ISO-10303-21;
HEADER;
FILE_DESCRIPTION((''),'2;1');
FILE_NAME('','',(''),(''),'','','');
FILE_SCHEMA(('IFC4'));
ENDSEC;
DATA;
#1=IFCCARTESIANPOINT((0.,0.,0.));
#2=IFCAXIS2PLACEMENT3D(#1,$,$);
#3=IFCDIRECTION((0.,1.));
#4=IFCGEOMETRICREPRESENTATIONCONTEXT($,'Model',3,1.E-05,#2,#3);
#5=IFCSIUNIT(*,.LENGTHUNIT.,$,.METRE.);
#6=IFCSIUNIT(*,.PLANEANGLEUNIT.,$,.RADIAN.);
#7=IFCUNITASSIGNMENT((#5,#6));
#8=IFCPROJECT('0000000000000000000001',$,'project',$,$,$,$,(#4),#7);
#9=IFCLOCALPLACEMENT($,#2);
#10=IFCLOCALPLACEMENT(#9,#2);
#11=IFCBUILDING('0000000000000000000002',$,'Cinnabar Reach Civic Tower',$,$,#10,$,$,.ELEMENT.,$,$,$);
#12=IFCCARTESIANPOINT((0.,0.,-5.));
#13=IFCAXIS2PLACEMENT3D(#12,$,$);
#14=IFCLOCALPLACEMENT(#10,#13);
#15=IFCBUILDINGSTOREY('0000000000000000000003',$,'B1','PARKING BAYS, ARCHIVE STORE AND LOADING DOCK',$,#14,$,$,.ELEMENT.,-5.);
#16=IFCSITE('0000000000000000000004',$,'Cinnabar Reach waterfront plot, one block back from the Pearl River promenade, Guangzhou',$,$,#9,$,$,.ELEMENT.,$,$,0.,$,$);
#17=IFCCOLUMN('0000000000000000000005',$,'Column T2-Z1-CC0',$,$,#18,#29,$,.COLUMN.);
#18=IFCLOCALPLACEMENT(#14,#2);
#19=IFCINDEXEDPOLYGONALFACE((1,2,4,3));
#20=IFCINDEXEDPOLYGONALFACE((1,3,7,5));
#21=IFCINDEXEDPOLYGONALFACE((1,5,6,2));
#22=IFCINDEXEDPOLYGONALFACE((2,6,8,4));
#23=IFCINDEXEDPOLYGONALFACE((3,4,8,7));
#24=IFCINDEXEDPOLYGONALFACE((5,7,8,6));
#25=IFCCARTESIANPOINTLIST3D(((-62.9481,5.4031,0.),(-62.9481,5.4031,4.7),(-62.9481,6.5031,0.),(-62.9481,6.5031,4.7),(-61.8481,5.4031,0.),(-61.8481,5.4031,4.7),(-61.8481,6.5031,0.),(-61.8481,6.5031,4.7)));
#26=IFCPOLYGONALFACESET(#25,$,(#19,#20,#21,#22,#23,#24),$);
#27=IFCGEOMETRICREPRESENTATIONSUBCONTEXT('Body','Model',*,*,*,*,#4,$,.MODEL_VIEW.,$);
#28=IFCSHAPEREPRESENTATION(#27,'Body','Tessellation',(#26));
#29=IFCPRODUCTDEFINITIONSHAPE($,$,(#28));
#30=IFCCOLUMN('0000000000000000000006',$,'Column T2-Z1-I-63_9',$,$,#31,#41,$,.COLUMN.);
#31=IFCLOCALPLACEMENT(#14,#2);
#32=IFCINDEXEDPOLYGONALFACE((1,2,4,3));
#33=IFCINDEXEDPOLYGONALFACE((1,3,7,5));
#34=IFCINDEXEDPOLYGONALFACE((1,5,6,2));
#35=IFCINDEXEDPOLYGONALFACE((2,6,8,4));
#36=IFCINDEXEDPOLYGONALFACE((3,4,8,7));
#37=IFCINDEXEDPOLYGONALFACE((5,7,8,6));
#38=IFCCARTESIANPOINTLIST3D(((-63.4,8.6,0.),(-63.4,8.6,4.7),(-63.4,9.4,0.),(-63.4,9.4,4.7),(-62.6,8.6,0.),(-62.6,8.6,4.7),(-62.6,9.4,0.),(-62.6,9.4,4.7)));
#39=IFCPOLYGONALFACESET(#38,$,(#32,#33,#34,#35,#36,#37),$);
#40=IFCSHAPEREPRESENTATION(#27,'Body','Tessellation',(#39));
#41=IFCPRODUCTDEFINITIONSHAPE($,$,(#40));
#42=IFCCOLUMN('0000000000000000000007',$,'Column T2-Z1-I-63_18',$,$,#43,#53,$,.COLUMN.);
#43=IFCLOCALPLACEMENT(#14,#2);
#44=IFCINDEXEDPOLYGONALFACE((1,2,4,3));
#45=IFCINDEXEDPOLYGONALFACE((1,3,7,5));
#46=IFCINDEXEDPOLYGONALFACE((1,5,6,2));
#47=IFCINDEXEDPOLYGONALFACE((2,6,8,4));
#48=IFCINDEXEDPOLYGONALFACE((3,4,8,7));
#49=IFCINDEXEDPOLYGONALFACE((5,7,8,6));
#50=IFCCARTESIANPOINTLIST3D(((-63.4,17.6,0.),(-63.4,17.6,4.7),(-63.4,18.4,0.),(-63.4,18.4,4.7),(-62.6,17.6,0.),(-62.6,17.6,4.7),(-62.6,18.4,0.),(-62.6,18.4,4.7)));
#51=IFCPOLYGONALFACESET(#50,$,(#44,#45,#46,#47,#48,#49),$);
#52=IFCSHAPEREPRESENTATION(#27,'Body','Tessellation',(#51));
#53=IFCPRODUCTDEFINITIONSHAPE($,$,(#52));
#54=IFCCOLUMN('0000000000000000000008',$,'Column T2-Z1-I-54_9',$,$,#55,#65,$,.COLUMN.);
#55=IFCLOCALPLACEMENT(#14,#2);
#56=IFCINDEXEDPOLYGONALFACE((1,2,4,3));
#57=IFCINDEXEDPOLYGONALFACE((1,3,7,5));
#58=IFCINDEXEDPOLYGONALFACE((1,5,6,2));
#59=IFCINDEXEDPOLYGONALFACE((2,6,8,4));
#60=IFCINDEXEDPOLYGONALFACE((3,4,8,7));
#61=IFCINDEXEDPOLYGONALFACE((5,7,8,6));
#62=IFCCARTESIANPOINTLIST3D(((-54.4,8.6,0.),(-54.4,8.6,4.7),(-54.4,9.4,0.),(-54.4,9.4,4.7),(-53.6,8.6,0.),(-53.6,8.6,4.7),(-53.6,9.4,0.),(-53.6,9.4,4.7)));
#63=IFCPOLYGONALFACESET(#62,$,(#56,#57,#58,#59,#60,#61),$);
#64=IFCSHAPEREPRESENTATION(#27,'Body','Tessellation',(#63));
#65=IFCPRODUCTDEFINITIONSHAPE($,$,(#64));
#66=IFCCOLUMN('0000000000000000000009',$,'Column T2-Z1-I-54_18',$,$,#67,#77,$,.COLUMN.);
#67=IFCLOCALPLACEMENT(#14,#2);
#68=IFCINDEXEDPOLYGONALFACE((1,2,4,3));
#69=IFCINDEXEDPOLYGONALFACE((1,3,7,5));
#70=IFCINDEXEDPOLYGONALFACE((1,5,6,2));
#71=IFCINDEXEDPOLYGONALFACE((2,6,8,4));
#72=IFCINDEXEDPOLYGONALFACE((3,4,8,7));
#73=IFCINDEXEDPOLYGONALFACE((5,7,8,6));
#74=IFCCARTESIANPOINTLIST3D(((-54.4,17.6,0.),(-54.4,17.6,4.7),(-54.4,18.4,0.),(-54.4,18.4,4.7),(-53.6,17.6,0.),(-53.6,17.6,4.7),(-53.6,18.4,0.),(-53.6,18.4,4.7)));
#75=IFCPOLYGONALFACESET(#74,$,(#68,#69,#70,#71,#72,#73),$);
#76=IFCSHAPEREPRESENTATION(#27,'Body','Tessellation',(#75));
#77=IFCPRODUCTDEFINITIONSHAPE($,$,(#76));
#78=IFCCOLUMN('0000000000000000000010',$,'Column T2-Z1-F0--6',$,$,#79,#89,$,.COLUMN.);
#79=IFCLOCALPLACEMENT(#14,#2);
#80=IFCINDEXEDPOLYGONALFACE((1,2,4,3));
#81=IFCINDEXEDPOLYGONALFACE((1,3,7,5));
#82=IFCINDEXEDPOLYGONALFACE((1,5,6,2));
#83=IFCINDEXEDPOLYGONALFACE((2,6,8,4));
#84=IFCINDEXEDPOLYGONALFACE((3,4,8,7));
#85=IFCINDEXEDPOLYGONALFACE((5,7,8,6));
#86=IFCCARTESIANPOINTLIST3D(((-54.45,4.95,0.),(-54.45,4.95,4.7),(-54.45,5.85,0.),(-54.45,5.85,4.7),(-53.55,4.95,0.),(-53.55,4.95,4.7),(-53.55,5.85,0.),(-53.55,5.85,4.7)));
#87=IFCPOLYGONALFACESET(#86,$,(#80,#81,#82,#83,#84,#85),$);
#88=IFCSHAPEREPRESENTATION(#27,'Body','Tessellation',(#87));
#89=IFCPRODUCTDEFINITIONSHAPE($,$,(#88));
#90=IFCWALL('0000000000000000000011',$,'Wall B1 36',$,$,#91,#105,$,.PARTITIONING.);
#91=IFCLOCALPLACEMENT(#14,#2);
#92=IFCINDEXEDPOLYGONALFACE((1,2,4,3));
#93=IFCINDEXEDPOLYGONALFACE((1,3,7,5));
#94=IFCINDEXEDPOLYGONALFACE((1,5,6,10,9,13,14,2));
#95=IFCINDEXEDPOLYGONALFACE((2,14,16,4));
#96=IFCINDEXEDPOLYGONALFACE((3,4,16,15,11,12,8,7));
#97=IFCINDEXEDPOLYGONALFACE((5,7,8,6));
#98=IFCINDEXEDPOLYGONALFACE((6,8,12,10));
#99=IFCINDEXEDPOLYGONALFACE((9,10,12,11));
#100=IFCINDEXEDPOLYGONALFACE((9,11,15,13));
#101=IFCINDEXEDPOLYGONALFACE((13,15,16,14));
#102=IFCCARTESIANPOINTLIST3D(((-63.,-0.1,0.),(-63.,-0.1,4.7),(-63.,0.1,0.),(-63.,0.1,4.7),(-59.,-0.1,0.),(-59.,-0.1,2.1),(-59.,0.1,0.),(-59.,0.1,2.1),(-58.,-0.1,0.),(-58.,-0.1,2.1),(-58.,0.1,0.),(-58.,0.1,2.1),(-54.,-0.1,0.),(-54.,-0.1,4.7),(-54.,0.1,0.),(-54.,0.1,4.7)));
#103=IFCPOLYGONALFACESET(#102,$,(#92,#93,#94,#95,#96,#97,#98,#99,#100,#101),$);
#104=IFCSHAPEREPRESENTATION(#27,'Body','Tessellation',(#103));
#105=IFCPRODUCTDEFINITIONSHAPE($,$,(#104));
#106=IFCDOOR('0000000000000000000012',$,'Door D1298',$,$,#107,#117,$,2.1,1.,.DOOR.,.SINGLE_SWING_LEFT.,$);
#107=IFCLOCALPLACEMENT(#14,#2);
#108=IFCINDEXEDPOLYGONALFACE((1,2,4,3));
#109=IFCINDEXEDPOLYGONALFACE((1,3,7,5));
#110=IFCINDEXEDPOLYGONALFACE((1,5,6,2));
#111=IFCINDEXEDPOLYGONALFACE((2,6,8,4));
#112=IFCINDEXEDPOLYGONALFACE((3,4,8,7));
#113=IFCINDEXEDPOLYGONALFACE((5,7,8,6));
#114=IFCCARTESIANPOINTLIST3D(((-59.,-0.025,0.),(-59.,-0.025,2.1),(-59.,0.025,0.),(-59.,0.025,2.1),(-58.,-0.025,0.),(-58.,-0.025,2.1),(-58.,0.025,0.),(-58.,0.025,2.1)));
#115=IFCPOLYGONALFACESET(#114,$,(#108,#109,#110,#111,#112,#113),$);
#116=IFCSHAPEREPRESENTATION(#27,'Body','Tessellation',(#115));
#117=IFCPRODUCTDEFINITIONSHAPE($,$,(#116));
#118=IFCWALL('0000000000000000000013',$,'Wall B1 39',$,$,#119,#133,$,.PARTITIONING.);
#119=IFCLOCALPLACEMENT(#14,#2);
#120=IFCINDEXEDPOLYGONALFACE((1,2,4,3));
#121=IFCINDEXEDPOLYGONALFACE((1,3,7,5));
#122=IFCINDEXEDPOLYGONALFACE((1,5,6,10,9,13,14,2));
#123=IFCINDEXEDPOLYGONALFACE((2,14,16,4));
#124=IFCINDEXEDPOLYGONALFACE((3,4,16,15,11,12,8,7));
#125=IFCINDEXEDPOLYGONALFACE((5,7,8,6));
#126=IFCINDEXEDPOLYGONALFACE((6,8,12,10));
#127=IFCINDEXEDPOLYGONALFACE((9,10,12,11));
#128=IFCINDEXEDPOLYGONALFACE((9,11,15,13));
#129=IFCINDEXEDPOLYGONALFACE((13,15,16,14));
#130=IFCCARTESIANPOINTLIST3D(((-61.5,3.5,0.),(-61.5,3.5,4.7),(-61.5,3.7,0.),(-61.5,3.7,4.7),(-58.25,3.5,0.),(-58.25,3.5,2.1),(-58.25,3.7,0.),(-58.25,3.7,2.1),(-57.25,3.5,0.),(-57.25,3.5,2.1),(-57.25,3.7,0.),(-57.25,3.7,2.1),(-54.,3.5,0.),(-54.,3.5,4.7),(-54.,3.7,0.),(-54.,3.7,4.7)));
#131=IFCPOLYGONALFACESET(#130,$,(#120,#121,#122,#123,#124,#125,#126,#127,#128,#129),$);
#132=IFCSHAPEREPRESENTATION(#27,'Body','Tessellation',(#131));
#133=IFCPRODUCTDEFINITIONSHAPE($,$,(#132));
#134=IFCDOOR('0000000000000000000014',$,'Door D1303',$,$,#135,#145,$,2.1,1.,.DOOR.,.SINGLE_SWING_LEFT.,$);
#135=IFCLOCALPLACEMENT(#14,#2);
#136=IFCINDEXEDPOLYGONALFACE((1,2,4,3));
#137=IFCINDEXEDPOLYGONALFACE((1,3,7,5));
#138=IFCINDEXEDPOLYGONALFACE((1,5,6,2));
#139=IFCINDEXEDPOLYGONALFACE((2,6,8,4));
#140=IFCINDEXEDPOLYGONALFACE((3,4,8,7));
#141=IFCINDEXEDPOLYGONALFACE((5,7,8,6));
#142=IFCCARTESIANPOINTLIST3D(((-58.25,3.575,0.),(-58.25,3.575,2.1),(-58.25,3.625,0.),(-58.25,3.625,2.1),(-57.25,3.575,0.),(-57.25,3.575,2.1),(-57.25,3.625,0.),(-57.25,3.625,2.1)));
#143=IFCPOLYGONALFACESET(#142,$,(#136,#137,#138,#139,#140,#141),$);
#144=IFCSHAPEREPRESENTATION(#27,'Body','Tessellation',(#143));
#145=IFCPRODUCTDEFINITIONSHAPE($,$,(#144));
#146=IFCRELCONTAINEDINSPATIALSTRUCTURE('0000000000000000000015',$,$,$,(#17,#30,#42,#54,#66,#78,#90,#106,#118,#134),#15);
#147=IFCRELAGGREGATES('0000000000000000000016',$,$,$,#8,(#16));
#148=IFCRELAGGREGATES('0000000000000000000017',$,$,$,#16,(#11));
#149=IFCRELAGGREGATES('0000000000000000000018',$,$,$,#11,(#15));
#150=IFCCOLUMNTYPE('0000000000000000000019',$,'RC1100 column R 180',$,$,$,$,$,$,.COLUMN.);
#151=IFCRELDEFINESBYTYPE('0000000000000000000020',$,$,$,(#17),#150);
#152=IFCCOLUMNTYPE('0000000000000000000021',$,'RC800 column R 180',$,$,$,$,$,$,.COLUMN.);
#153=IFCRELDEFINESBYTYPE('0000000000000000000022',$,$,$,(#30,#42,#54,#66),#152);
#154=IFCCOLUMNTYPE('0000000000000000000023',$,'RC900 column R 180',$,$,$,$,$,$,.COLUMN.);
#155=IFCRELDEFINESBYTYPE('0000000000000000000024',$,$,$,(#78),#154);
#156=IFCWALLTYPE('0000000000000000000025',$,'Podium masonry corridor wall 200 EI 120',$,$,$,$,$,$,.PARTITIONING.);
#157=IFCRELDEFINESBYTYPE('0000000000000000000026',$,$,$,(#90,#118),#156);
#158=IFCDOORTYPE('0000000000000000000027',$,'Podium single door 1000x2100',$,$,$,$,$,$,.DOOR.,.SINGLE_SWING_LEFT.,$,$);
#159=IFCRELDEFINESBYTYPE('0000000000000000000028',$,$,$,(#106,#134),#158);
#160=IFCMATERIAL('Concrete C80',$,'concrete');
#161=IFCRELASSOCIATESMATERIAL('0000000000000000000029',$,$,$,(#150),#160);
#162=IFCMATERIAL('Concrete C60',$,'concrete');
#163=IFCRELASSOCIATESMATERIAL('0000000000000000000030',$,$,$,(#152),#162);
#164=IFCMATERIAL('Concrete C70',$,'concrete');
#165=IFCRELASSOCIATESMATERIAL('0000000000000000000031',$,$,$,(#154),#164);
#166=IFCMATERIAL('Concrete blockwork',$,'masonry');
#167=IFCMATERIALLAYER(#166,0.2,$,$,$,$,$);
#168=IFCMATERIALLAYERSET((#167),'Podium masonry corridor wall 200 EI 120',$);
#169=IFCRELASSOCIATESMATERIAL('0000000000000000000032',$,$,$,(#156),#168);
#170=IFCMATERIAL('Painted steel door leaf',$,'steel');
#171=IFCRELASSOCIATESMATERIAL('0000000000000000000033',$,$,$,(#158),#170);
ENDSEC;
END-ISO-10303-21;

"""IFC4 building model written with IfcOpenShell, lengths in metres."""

from ifc_helpers import new_model, si_unit, direction, frame, frame_2d, origin, origin_2d, place, context, subcontext, project, spatial, rectangle, extrude, material, layer, layer_set, material_profile, profile_set, type_object, element, fill, save


model = new_model("IFC4")

# Units and contexts
model_context = context("Model", 3, precision=1e-05, world=origin(), true_north=direction((0.0, 1.0)))
body_context = subcontext(model_context, "Body", "Model", "MODEL_VIEW")
ifc_project = project(units=[si_unit("LENGTHUNIT", "METRE"), si_unit("PLANEANGLEUNIT", "RADIAN")], contexts=[model_context])

# Site, building, storey
site_placement = place(None, origin())
site = spatial("IfcSite", under=ifc_project, at=site_placement, Name="Cinnabar Reach waterfront plot, one block back from the Pearl River promenade, Guangzhou", CompositionType="ELEMENT", RefElevation=0.0)
building_placement = place(site_placement, origin())
building = spatial("IfcBuilding", under=site, at=building_placement, Name="Cinnabar Reach Civic Tower", CompositionType="ELEMENT")
storey_placement = place(building_placement, frame((0.0, 0.0, -5.0)))
storey = spatial("IfcBuildingStorey", under=building, at=storey_placement, Name="B1", Description="PARKING BAYS, ARCHIVE STORE AND LOADING DOCK", CompositionType="ELEMENT", Elevation=-5.0)

# Columns
ifc_material_1 = material(Name="Concrete C80", Category="concrete")
ifc_material_profile_1 = material_profile(ifc_material_1, rectangle(XDim=1.1, YDim=1.1, at=origin_2d()), Name="RC1100")
ifc_profile_set_1 = profile_set([ifc_material_profile_1], Name="Concrete C80")
column_type_1 = type_object("IfcColumnType", Name="RC1100 column R 180", PredefinedType="COLUMN", material=ifc_profile_set_1)
column_1_placement = place(storey_placement, frame((-62.3981, 5.9531, 0.0), z_axis=(0.0, 0.0, 1.0), x_axis=(1.0, 0.0, 0.0)))
element("IfcColumn", 1, at=column_1_placement, inside=storey, type_object=column_type_1, Name="Column T2-Z1-CC0", PredefinedType="COLUMN", context=body_context, shape_type="SweptSolid", body=[
    extrude(rectangle(XDim=1.1, YDim=1.1, at=origin_2d()), origin(), (0.0, 0.0, 1.0), 4.7),
])
ifc_material_2 = material(Name="Concrete C60", Category="concrete")
ifc_material_profile_2 = material_profile(ifc_material_2, rectangle(XDim=0.8, YDim=0.8, at=origin_2d()), Name="RC800")
ifc_profile_set_2 = profile_set([ifc_material_profile_2], Name="Concrete C60")
column_type_2 = type_object("IfcColumnType", Name="RC800 column R 180", PredefinedType="COLUMN", material=ifc_profile_set_2)
for number, where, z_axis, x_axis, name in (
    (2, (-63.0, 9.0, 0.0), (0.0, 0.0, 1.0), (1.0, 0.0, 0.0), "Column T2-Z1-I-63_9"),
    (3, (-63.0, 18.0, 0.0), (0.0, 0.0, 1.0), (1.0, 0.0, 0.0), "Column T2-Z1-I-63_18"),
    (4, (-54.0, 9.0, 0.0), (0.0, 0.0, 1.0), (1.0, 0.0, 0.0), "Column T2-Z1-I-54_9"),
    (5, (-54.0, 18.0, 0.0), (0.0, 0.0, 1.0), (1.0, 0.0, 0.0), "Column T2-Z1-I-54_18"),
):
    element("IfcColumn", number, at=place(storey_placement, frame(where, z_axis=z_axis, x_axis=x_axis)), inside=storey, type_object=column_type_2, Name=name, PredefinedType="COLUMN", context=body_context, shape_type="SweptSolid", body=[
        extrude(rectangle(XDim=0.8, YDim=0.8, at=origin_2d()), origin(), (0.0, 0.0, 1.0), 4.7),
    ])
ifc_material_3 = material(Name="Concrete C70", Category="concrete")
ifc_material_profile_3 = material_profile(ifc_material_3, rectangle(XDim=0.9, YDim=0.9, at=origin_2d()), Name="RC900")
ifc_profile_set_3 = profile_set([ifc_material_profile_3], Name="Concrete C70")
column_type_3 = type_object("IfcColumnType", Name="RC900 column R 180", PredefinedType="COLUMN", material=ifc_profile_set_3)
column_2_placement = place(storey_placement, frame((-54.0, 5.4, 0.0), z_axis=(0.0, 0.0, 1.0), x_axis=(1.0, 0.0, 0.0)))
element("IfcColumn", 6, at=column_2_placement, inside=storey, type_object=column_type_3, Name="Column T2-Z1-F0--6", PredefinedType="COLUMN", context=body_context, shape_type="SweptSolid", body=[
    extrude(rectangle(XDim=0.9, YDim=0.9, at=origin_2d()), origin(), (0.0, 0.0, 1.0), 4.7),
])

# Walls, openings, doors
ifc_material_4 = material(Name="Concrete blockwork", Category="masonry")
ifc_layer_1 = layer(ifc_material_4, 0.2)
ifc_layer_set_1 = layer_set([ifc_layer_1], Name="Podium masonry corridor wall 200 EI 120")
wall_type_1 = type_object("IfcWallType", Name="Podium masonry corridor wall 200 EI 120", PredefinedType="PARTITIONING", material=ifc_layer_set_1)
wall_1_placement = place(storey_placement, frame((-63.0, 0.0, 0.0), z_axis=(0.0, 0.0, 1.0), x_axis=(1.0, 0.0, 0.0)))
wall_1 = element("IfcWall", 7, at=wall_1_placement, inside=storey, type_object=wall_type_1, Name="Wall B1 36", PredefinedType="PARTITIONING", context=body_context, shape_type="SweptSolid", body=[
    extrude(rectangle(XDim=9.0, YDim=0.2, at=frame_2d((4.5, 0.0))), origin(), (0.0, 0.0, 1.0), 4.7),
])
opening_1_placement = place(wall_1_placement, frame((4.0, 0.0, 0.0)))
opening_1 = element("IfcOpeningElement", 8, at=opening_1_placement, cuts=wall_1, PredefinedType="OPENING", context=body_context, shape_type="SweptSolid", body=[
    extrude(rectangle(XDim=1.0, YDim=2.1, at=frame_2d((0.5, 1.05))), frame((0.0, 0.11, 0.0), z_axis=(0.0, -1.0, 0.0), x_axis=(1.0, 0.0, 0.0)), (0.0, 0.0, 1.0), 0.22),
])
ifc_material_5 = material(Name="Painted steel door leaf", Category="steel")
door_type_1 = type_object("IfcDoorType", Name="Podium single door 1000x2100", OperationType="SINGLE_SWING_LEFT", PredefinedType="DOOR", material=ifc_material_5)
door_1_placement = place(opening_1_placement, frame((1.0, 0.0, 0.0), z_axis=(0.0, 0.0, 1.0), x_axis=(-1.0, 0.0, 0.0)))
door_1 = element("IfcDoor", 9, at=door_1_placement, inside=storey, type_object=door_type_1, Name="Door D1298", OperationType="SINGLE_SWING_LEFT", OverallHeight=2.1, OverallWidth=1.0, PredefinedType="DOOR", context=body_context, shape_type="SweptSolid", body=[
    extrude(rectangle(XDim=1.0, YDim=2.1, at=frame_2d((0.5, 1.05))), frame((0.0, 0.025, 0.0), z_axis=(0.0, -1.0, 0.0), x_axis=(1.0, 0.0, 0.0)), (0.0, 0.0, 1.0), 0.05),
])
fill(opening_1, door_1)
wall_2_placement = place(storey_placement, frame((-61.5, 3.6, 0.0), z_axis=(0.0, 0.0, 1.0), x_axis=(1.0, 0.0, 0.0)))
wall_2 = element("IfcWall", 10, at=wall_2_placement, inside=storey, type_object=wall_type_1, Name="Wall B1 39", PredefinedType="PARTITIONING", context=body_context, shape_type="SweptSolid", body=[
    extrude(rectangle(XDim=7.5, YDim=0.2, at=frame_2d((3.75, 0.0))), origin(), (0.0, 0.0, 1.0), 4.7),
])
opening_2_placement = place(wall_2_placement, frame((3.25, 0.0, 0.0)))
opening_2 = element("IfcOpeningElement", 11, at=opening_2_placement, cuts=wall_2, PredefinedType="OPENING", context=body_context, shape_type="SweptSolid", body=[
    extrude(rectangle(XDim=1.0, YDim=2.1, at=frame_2d((0.5, 1.05))), frame((0.0, 0.11, 0.0), z_axis=(0.0, -1.0, 0.0), x_axis=(1.0, 0.0, 0.0)), (0.0, 0.0, 1.0), 0.22),
])
door_2_placement = place(opening_2_placement, origin())
door_2 = element("IfcDoor", 12, at=door_2_placement, inside=storey, type_object=door_type_1, Name="Door D1303", OperationType="SINGLE_SWING_LEFT", OverallHeight=2.1, OverallWidth=1.0, PredefinedType="DOOR", context=body_context, shape_type="SweptSolid", body=[
    extrude(rectangle(XDim=1.0, YDim=2.1, at=frame_2d((0.5, 1.05))), frame((0.0, 0.025, 0.0), z_axis=(0.0, -1.0, 0.0), x_axis=(1.0, 0.0, 0.0)), (0.0, 0.0, 1.0), 0.05),
])
fill(opening_2, door_2)

save(model, "model.ifc")
